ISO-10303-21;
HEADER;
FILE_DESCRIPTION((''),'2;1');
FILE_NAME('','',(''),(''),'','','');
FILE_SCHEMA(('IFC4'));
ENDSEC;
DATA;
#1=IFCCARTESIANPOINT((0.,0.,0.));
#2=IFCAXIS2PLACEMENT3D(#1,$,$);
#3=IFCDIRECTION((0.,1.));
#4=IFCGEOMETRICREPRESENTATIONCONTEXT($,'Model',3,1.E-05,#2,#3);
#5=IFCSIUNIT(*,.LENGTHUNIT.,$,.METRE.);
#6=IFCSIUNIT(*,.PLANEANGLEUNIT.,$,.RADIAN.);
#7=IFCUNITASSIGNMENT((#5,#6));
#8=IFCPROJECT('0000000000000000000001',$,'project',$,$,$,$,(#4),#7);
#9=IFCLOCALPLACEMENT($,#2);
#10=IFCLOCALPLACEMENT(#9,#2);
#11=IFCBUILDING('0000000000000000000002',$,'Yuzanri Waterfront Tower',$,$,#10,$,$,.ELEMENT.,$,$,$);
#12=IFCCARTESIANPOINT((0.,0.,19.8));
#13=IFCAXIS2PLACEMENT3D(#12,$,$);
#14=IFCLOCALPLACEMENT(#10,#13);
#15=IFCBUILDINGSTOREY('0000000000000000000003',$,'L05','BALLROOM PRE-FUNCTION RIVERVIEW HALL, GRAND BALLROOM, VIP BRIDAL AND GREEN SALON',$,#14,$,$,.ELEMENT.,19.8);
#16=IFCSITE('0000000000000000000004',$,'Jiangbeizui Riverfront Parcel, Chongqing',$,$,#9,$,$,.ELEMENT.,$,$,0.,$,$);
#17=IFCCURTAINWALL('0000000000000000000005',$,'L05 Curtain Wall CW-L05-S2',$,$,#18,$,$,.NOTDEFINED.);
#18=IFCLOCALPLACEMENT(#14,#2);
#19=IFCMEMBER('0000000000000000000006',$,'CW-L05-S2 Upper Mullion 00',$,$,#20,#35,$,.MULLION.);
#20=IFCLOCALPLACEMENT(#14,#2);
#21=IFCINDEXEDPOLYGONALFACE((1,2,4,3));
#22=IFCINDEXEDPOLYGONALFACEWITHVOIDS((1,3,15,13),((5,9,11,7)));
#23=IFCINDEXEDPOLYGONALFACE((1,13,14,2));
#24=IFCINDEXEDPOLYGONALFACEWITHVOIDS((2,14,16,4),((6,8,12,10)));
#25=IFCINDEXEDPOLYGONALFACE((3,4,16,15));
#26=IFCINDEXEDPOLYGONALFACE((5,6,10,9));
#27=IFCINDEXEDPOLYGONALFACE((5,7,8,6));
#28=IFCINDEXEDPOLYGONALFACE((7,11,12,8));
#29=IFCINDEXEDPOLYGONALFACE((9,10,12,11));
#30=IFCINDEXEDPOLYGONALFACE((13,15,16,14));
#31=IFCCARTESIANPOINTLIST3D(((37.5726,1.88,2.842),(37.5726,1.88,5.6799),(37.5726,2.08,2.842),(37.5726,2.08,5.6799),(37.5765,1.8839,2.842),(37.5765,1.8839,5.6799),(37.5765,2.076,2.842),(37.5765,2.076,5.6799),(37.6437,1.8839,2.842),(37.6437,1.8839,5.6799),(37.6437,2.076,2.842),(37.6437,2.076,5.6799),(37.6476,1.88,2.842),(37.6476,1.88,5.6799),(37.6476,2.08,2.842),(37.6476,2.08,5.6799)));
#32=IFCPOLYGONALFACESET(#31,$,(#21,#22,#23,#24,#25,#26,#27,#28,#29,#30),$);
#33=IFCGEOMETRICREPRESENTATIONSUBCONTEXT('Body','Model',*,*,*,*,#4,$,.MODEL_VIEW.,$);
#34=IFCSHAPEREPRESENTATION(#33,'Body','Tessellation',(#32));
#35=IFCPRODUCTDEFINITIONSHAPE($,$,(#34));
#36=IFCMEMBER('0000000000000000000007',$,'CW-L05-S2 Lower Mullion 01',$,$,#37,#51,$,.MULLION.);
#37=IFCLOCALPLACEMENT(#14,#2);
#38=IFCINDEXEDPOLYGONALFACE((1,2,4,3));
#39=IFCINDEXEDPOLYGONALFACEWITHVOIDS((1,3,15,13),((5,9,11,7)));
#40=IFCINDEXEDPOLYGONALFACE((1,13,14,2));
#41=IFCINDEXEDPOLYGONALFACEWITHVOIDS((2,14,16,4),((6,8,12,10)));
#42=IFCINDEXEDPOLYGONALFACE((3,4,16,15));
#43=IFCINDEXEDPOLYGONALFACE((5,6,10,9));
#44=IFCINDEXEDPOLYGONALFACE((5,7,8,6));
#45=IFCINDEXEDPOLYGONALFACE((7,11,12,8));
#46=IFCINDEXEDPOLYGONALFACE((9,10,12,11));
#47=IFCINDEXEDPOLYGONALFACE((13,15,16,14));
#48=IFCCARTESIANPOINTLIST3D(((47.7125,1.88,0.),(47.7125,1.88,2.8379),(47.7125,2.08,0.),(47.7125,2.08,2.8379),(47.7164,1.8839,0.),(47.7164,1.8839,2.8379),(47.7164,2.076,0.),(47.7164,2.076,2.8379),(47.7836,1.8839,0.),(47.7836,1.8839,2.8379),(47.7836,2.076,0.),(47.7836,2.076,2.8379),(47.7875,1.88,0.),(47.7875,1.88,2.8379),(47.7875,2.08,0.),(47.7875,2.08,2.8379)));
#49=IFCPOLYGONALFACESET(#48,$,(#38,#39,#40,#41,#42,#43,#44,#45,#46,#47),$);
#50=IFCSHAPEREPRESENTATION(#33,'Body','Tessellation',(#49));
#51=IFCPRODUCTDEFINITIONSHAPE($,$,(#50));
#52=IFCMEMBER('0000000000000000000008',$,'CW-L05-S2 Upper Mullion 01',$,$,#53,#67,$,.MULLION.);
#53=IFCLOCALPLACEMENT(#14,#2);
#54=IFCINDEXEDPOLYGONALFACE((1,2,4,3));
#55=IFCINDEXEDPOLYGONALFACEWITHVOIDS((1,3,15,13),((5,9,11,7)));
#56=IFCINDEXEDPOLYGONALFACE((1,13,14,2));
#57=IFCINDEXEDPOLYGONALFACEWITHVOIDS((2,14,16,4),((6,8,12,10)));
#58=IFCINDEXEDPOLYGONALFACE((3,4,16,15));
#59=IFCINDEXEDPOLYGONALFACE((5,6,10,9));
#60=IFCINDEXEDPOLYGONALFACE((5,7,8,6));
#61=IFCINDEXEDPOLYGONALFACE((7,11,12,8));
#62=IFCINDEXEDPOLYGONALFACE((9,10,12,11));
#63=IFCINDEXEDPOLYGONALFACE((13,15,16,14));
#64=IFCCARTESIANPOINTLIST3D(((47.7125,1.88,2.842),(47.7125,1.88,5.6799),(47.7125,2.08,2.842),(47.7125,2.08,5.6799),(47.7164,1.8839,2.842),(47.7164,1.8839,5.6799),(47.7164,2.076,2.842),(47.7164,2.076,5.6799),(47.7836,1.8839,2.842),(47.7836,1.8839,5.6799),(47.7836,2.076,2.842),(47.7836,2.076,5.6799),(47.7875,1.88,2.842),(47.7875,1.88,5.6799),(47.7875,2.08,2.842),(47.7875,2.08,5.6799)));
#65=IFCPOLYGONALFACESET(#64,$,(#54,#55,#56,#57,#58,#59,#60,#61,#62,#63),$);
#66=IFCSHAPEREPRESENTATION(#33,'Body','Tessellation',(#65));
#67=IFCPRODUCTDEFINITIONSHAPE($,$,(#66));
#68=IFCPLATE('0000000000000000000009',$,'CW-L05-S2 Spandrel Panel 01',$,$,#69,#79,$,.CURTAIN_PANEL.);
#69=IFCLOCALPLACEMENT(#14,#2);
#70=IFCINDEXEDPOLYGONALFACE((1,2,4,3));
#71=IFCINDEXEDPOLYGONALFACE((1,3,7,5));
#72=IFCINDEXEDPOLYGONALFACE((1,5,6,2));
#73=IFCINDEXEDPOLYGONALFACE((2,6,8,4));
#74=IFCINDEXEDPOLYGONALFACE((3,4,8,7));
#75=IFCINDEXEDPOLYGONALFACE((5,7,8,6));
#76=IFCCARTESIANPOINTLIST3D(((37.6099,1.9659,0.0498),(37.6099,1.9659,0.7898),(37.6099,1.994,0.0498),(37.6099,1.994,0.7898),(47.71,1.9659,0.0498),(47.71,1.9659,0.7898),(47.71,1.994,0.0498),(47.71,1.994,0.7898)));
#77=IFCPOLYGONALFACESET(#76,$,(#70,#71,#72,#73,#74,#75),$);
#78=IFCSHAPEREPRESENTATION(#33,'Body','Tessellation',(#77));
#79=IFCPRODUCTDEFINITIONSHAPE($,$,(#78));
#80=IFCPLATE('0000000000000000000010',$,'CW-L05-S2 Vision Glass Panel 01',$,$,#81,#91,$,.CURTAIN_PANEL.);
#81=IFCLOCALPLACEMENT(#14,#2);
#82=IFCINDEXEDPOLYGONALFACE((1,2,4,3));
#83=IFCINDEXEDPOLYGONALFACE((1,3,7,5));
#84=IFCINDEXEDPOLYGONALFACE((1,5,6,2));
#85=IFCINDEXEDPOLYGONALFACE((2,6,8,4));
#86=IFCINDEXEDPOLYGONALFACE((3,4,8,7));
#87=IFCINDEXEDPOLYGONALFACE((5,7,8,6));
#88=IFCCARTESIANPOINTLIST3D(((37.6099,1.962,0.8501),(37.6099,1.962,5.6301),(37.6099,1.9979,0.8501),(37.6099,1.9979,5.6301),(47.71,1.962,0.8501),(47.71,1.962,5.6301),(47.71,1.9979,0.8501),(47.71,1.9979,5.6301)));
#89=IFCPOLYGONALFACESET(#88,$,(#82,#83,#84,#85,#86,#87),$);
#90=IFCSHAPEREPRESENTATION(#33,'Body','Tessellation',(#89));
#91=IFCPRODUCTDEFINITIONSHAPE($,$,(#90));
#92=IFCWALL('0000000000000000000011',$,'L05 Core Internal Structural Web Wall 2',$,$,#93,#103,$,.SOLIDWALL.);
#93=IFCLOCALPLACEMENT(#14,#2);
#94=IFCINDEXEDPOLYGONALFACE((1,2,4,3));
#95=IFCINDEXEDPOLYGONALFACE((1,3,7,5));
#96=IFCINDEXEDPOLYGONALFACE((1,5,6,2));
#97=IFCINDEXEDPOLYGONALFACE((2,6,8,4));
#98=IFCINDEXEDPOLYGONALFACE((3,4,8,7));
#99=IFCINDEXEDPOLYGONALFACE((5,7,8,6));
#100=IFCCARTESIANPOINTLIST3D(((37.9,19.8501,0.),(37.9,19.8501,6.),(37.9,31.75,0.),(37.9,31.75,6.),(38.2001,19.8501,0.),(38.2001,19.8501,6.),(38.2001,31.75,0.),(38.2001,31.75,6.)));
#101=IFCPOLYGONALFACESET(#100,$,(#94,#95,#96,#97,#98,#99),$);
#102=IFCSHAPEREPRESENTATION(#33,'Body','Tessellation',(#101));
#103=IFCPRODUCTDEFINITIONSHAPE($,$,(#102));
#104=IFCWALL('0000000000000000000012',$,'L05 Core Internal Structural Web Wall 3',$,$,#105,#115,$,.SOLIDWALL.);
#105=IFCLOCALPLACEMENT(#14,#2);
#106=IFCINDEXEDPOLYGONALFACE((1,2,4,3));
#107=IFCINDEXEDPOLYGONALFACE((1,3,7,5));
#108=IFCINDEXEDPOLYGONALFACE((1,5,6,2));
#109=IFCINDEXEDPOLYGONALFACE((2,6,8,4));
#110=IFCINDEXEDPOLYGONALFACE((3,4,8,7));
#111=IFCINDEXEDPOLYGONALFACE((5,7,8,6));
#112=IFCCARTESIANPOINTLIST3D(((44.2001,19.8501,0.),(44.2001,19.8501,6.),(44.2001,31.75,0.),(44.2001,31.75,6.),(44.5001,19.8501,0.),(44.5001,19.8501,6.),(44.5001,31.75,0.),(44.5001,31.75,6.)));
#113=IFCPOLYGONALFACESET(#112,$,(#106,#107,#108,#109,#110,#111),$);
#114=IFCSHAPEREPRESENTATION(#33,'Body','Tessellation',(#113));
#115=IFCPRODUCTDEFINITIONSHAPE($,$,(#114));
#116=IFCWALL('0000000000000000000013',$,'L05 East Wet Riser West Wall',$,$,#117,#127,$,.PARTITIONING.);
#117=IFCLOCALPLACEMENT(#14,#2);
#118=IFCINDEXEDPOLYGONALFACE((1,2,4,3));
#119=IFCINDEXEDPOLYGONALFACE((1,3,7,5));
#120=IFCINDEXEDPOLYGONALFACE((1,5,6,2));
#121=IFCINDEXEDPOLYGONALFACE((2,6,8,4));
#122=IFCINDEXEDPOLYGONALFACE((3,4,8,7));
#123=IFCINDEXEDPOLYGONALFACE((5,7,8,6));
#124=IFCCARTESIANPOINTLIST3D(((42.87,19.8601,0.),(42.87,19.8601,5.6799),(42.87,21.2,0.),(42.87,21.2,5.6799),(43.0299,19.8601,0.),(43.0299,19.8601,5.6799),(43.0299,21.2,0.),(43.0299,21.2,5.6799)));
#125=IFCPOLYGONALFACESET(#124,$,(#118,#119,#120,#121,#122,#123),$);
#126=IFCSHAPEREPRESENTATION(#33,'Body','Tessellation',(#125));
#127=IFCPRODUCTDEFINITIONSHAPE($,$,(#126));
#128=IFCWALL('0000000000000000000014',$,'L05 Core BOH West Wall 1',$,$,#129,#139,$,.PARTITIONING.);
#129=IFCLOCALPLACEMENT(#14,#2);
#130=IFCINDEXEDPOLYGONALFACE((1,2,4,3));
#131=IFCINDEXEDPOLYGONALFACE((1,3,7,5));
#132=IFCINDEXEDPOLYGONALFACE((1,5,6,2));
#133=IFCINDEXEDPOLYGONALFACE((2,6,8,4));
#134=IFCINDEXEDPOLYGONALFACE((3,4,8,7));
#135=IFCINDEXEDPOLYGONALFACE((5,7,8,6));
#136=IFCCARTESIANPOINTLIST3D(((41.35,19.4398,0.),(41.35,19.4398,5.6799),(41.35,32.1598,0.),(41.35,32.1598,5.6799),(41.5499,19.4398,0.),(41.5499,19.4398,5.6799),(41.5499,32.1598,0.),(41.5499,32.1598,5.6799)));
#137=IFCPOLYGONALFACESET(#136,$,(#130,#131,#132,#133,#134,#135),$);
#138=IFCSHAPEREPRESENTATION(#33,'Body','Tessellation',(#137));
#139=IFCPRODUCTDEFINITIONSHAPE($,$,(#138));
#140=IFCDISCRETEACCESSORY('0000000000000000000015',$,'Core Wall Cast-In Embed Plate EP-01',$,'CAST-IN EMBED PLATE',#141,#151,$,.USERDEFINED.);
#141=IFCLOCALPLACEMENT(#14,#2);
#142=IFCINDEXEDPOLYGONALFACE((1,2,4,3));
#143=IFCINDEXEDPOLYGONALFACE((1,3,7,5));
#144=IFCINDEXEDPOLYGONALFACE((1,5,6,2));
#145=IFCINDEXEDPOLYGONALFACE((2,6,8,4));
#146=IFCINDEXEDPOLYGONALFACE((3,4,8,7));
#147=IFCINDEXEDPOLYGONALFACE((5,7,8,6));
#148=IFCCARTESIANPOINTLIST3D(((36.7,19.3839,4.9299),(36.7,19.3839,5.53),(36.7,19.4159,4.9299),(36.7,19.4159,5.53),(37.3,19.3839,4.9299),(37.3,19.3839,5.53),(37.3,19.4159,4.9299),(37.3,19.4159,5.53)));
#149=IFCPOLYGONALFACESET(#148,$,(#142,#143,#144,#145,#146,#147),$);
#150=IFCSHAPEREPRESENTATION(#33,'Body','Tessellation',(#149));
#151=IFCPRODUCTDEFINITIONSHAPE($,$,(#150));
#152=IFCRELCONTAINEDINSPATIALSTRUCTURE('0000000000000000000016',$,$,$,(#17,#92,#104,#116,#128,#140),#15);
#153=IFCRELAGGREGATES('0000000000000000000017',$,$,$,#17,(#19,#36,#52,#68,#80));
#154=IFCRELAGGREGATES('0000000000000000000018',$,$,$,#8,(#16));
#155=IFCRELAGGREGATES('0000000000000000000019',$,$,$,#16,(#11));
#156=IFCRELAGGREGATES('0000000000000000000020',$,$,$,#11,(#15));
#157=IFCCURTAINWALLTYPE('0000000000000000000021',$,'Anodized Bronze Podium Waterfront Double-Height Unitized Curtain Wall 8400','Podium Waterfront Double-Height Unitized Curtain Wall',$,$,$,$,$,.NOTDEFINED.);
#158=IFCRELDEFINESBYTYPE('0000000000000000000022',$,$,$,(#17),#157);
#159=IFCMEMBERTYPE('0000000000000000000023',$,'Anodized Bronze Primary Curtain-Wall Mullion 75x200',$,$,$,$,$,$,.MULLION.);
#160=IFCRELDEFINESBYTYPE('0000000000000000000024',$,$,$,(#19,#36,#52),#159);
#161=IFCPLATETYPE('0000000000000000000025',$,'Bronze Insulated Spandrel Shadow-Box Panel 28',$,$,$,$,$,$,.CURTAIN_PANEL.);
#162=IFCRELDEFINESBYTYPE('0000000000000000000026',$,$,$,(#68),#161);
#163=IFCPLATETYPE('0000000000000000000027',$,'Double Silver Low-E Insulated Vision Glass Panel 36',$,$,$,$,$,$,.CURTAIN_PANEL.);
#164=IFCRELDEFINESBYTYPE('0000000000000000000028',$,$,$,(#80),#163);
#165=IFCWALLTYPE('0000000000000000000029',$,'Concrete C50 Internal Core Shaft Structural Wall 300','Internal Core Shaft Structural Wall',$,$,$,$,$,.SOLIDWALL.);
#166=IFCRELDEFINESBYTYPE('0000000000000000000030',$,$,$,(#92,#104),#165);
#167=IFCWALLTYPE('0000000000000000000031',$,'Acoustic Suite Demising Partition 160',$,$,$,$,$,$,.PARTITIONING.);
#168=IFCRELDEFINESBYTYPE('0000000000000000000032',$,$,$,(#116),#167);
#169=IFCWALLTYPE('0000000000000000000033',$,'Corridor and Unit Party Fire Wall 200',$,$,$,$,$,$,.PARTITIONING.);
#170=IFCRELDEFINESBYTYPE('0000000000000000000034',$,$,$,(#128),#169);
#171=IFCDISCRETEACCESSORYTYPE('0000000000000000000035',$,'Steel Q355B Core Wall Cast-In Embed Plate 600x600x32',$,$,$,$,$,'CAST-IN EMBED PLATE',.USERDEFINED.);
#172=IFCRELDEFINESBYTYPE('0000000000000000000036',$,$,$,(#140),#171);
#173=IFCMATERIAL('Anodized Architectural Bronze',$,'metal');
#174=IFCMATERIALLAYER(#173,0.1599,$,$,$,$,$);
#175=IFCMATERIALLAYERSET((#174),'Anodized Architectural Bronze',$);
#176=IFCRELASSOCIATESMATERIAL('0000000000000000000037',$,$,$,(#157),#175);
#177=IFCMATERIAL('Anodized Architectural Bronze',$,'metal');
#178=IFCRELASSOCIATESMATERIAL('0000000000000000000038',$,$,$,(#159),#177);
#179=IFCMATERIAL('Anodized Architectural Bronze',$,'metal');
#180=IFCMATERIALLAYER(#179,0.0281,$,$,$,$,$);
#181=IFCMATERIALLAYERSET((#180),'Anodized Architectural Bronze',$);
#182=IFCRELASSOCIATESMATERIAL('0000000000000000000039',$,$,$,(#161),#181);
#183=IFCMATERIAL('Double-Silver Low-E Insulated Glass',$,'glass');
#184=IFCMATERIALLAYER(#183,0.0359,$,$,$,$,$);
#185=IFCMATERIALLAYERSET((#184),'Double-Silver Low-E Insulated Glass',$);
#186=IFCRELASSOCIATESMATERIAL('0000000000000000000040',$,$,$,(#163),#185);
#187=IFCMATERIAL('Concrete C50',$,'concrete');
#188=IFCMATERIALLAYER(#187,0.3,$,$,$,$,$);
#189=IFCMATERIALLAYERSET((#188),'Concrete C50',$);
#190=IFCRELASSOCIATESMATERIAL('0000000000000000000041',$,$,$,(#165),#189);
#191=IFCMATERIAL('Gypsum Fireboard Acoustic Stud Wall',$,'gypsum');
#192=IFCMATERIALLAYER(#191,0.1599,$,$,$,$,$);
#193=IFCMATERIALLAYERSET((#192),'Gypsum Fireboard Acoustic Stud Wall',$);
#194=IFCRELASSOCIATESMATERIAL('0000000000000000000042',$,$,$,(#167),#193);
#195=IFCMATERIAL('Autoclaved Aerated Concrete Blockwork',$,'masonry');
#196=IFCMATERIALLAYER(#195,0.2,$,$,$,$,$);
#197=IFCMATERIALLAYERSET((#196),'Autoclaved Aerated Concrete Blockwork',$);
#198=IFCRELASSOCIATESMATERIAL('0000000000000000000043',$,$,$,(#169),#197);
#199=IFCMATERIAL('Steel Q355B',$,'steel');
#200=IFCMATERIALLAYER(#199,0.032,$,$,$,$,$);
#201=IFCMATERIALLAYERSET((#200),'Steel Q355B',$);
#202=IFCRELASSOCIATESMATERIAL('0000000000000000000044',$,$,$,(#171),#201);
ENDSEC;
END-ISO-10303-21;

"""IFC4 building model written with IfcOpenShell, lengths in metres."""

from ifc_helpers import new_model, si_unit, direction, frame, frame_2d, origin, origin_2d, place, context, subcontext, project, spatial, rectangle, hollow_rectangle, extrude, source, transform, mapped, material, layer, layer_set, material_profile, profile_set, type_object, element, aggregate, save


model = new_model("IFC4")

# Units and contexts
model_context = context("Model", 3, precision=1e-05, world=origin(), true_north=direction((0.0, 1.0)))
body_context = subcontext(model_context, "Body", "Model", "MODEL_VIEW")
ifc_project = project(units=[si_unit("LENGTHUNIT", "METRE"), si_unit("PLANEANGLEUNIT", "RADIAN")], contexts=[model_context])

# Site, building, storey
site_placement = place(None, origin())
site = spatial("IfcSite", under=ifc_project, at=site_placement, Name="Jiangbeizui Riverfront Parcel, Chongqing", CompositionType="ELEMENT", RefElevation=0.0)
building_placement = place(site_placement, origin())
building = spatial("IfcBuilding", under=site, at=building_placement, Name="Yuzanri Waterfront Tower", CompositionType="ELEMENT")
storey_placement = place(building_placement, frame((0.0, 0.0, 19.8)))
storey = spatial("IfcBuildingStorey", under=building, at=storey_placement, Name="L05", Description="BALLROOM PRE-FUNCTION RIVERVIEW HALL, GRAND BALLROOM, VIP BRIDAL AND GREEN SALON", CompositionType="ELEMENT", Elevation=19.8)

# Curtain wall, members, plates
ifc_material_1 = material(Name="Anodized Architectural Bronze", Category="metal")
ifc_layer_1 = layer(ifc_material_1, 0.1599)
ifc_layer_set_1 = layer_set([ifc_layer_1], Name="Anodized Architectural Bronze")
curtain_wall_type = type_object("IfcCurtainWallType", Name="Anodized Bronze Podium Waterfront Double-Height Unitized Curtain Wall 8400", Description="Podium Waterfront Double-Height Unitized Curtain Wall", PredefinedType="NOTDEFINED", material=ifc_layer_set_1)
curtain_wall_placement = place(storey_placement, origin())
curtain_wall = element("IfcCurtainWall", 1, at=curtain_wall_placement, inside=storey, type_object=curtain_wall_type, Name="L05 Curtain Wall CW-L05-S2", PredefinedType="NOTDEFINED")
ifc_material_2 = material(Name="Anodized Architectural Bronze", Category="metal")
ifc_material_profile_1 = material_profile(ifc_material_2, hollow_rectangle(XDim=0.075, YDim=0.2, WallThickness=0.0039, at=origin_2d()), Name="CWM 75x200")
ifc_profile_set_1 = profile_set([ifc_material_profile_1], Name="Anodized Architectural Bronze")
member_type_1 = type_object("IfcMemberType", Name="Anodized Bronze Primary Curtain-Wall Mullion 75x200", PredefinedType="MULLION", material=ifc_profile_set_1)
shared_shape_1 = source(origin(), body_context, "Body", "SweptSolid", [
    extrude(hollow_rectangle(XDim=0.075, YDim=0.2, WallThickness=0.0039, at=origin_2d()), origin(), (0.0, 0.0, 1.0), 2.8379),
])
member_1_placement = place(storey_placement, frame((37.6101, 1.98, 2.842), z_axis=(0.0, 0.0, 1.0), x_axis=(1.0, 0.0, 0.0)))
member_1 = element("IfcMember", 2, at=member_1_placement, type_object=member_type_1, Name="CW-L05-S2 Upper Mullion 00", PredefinedType="MULLION", context=body_context, shape_type="MappedRepresentation", body=[
    mapped(shared_shape_1, transform((0.0, 0.0, 0.0), scale=1.0)),
])
member_2_placement = place(storey_placement, frame((47.75, 1.98, 0.0), z_axis=(0.0, 0.0, 1.0), x_axis=(1.0, 0.0, 0.0)))
member_2 = element("IfcMember", 3, at=member_2_placement, type_object=member_type_1, Name="CW-L05-S2 Lower Mullion 01", PredefinedType="MULLION", context=body_context, shape_type="MappedRepresentation", body=[
    mapped(shared_shape_1, transform((0.0, 0.0, 0.0), scale=1.0)),
])
member_3_placement = place(storey_placement, frame((47.75, 1.98, 2.842), z_axis=(0.0, 0.0, 1.0), x_axis=(1.0, 0.0, 0.0)))
member_3 = element("IfcMember", 4, at=member_3_placement, type_object=member_type_1, Name="CW-L05-S2 Upper Mullion 01", PredefinedType="MULLION", context=body_context, shape_type="MappedRepresentation", body=[
    mapped(shared_shape_1, transform((0.0, 0.0, 0.0), scale=1.0)),
])
ifc_material_3 = material(Name="Anodized Architectural Bronze", Category="metal")
ifc_layer_2 = layer(ifc_material_3, 0.0281)
ifc_layer_set_2 = layer_set([ifc_layer_2], Name="Anodized Architectural Bronze")
plate_type_1 = type_object("IfcPlateType", Name="Bronze Insulated Spandrel Shadow-Box Panel 28", PredefinedType="CURTAIN_PANEL", material=ifc_layer_set_2)
shared_shape_2 = source(origin(), body_context, "Body", "SweptSolid", [
    extrude(rectangle(XDim=10.1001, YDim=0.0281, at=origin_2d()), origin(), (0.0, 0.0, 1.0), 0.74),
])
plate_1_placement = place(storey_placement, frame((42.6599, 1.98, 0.0498), z_axis=(0.0, 0.0, 1.0), x_axis=(1.0, 0.0, 0.0)))
plate_1 = element("IfcPlate", 5, at=plate_1_placement, type_object=plate_type_1, Name="CW-L05-S2 Spandrel Panel 01", PredefinedType="CURTAIN_PANEL", context=body_context, shape_type="MappedRepresentation", body=[
    mapped(shared_shape_2, transform((0.0, 0.0, 0.0), scale=1.0)),
])
ifc_material_4 = material(Name="Double-Silver Low-E Insulated Glass", Category="glass")
ifc_layer_3 = layer(ifc_material_4, 0.0359)
ifc_layer_set_3 = layer_set([ifc_layer_3], Name="Double-Silver Low-E Insulated Glass")
plate_type_2 = type_object("IfcPlateType", Name="Double Silver Low-E Insulated Vision Glass Panel 36", PredefinedType="CURTAIN_PANEL", material=ifc_layer_set_3)
shared_shape_3 = source(origin(), body_context, "Body", "SweptSolid", [
    extrude(rectangle(XDim=10.1001, YDim=0.0359, at=origin_2d()), origin(), (0.0, 0.0, 1.0), 4.78),
])
plate_2_placement = place(storey_placement, frame((42.6599, 1.98, 0.8501), z_axis=(0.0, 0.0, 1.0), x_axis=(1.0, 0.0, 0.0)))
plate_2 = element("IfcPlate", 6, at=plate_2_placement, type_object=plate_type_2, Name="CW-L05-S2 Vision Glass Panel 01", PredefinedType="CURTAIN_PANEL", context=body_context, shape_type="MappedRepresentation", body=[
    mapped(shared_shape_3, transform((0.0, 0.0, 0.0), scale=1.0)),
])
aggregate(curtain_wall, [member_1, member_2, member_3, plate_1, plate_2])

# Walls
ifc_material_5 = material(Name="Concrete C50", Category="concrete")
ifc_layer_4 = layer(ifc_material_5, 0.3)
ifc_layer_set_4 = layer_set([ifc_layer_4], Name="Concrete C50")
wall_type_1 = type_object("IfcWallType", Name="Concrete C50 Internal Core Shaft Structural Wall 300", Description="Internal Core Shaft Structural Wall", PredefinedType="SOLIDWALL", material=ifc_layer_set_4)
shared_shape_4 = source(origin(), body_context, "Body", "SweptSolid", [
    extrude(rectangle(XDim=11.8999, YDim=0.3, at=frame_2d((5.95, 0.0))), origin(), (0.0, 0.0, 1.0), 6.0),
])
for number, where, z_axis, x_axis, name in (
    (7, (38.05, 19.8501, 0.0), (0.0, 0.0, 1.0), (0.0, 1.0, 0.0), "L05 Core Internal Structural Web Wall 2"),
    (8, (44.3501, 19.8501, 0.0), (0.0, 0.0, 1.0), (0.0, 1.0, 0.0), "L05 Core Internal Structural Web Wall 3"),
):
    element("IfcWall", number, at=place(storey_placement, frame(where, z_axis=z_axis, x_axis=x_axis)), inside=storey, type_object=wall_type_1, Name=name, PredefinedType="SOLIDWALL", context=body_context, shape_type="MappedRepresentation", body=[
        mapped(shared_shape_4, transform((0.0, 0.0, 0.0), scale=1.0)),
    ])
ifc_material_6 = material(Name="Gypsum Fireboard Acoustic Stud Wall", Category="gypsum")
ifc_layer_5 = layer(ifc_material_6, 0.1599)
ifc_layer_set_5 = layer_set([ifc_layer_5], Name="Gypsum Fireboard Acoustic Stud Wall")
wall_type_2 = type_object("IfcWallType", Name="Acoustic Suite Demising Partition 160", PredefinedType="PARTITIONING", material=ifc_layer_set_5)
shared_shape_5 = source(origin(), body_context, "Body", "SweptSolid", [
    extrude(rectangle(XDim=1.3398, YDim=0.1599, at=frame_2d((0.6699, 0.0))), origin(), (0.0, 0.0, 1.0), 5.6799),
])
wall_1_placement = place(storey_placement, frame((42.95, 19.8601, 0.0), z_axis=(0.0, 0.0, 1.0), x_axis=(0.0, 1.0, 0.0)))
element("IfcWall", 9, at=wall_1_placement, inside=storey, type_object=wall_type_2, Name="L05 East Wet Riser West Wall", PredefinedType="PARTITIONING", context=body_context, shape_type="MappedRepresentation", body=[
    mapped(shared_shape_5, transform((0.0, 0.0, 0.0), scale=1.0)),
])
ifc_material_7 = material(Name="Autoclaved Aerated Concrete Blockwork", Category="masonry")
ifc_layer_6 = layer(ifc_material_7, 0.2)
ifc_layer_set_6 = layer_set([ifc_layer_6], Name="Autoclaved Aerated Concrete Blockwork")
wall_type_3 = type_object("IfcWallType", Name="Corridor and Unit Party Fire Wall 200", PredefinedType="PARTITIONING", material=ifc_layer_set_6)
shared_shape_6 = source(origin(), body_context, "Body", "SweptSolid", [
    extrude(rectangle(XDim=12.72, YDim=0.2, at=frame_2d((6.3599, 0.0))), origin(), (0.0, 0.0, 1.0), 5.6799),
])
wall_2_placement = place(storey_placement, frame((41.45, 19.4399, 0.0), z_axis=(0.0, 0.0, 1.0), x_axis=(0.0, 1.0, 0.0)))
element("IfcWall", 10, at=wall_2_placement, inside=storey, type_object=wall_type_3, Name="L05 Core BOH West Wall 1", PredefinedType="PARTITIONING", context=body_context, shape_type="MappedRepresentation", body=[
    mapped(shared_shape_6, transform((0.0, 0.0, 0.0), scale=1.0)),
])

# Discrete accessory
ifc_material_8 = material(Name="Steel Q355B", Category="steel")
ifc_layer_7 = layer(ifc_material_8, 0.032)
ifc_layer_set_7 = layer_set([ifc_layer_7], Name="Steel Q355B")
discrete_accessory_type = type_object("IfcDiscreteAccessoryType", Name="Steel Q355B Core Wall Cast-In Embed Plate 600x600x32", ElementType="CAST-IN EMBED PLATE", PredefinedType="USERDEFINED", material=ifc_layer_set_7)
shared_shape_7 = source(origin(), body_context, "Body", "SweptSolid", [
    extrude(rectangle(XDim=0.6001, YDim=0.032, at=origin_2d()), origin(), (0.0, 0.0, 1.0), 0.6001),
])
discrete_accessory_placement = place(storey_placement, frame((37.0, 19.3999, 4.9299), z_axis=(0.0, 0.0, 1.0), x_axis=(1.0, 0.0, 0.0)))
element("IfcDiscreteAccessory", 11, at=discrete_accessory_placement, inside=storey, type_object=discrete_accessory_type, Name="Core Wall Cast-In Embed Plate EP-01", ObjectType="CAST-IN EMBED PLATE", PredefinedType="USERDEFINED", context=body_context, shape_type="MappedRepresentation", body=[
    mapped(shared_shape_7, transform((0.0, 0.0, 0.0), scale=1.0)),
])

save(model, "model.ifc")
